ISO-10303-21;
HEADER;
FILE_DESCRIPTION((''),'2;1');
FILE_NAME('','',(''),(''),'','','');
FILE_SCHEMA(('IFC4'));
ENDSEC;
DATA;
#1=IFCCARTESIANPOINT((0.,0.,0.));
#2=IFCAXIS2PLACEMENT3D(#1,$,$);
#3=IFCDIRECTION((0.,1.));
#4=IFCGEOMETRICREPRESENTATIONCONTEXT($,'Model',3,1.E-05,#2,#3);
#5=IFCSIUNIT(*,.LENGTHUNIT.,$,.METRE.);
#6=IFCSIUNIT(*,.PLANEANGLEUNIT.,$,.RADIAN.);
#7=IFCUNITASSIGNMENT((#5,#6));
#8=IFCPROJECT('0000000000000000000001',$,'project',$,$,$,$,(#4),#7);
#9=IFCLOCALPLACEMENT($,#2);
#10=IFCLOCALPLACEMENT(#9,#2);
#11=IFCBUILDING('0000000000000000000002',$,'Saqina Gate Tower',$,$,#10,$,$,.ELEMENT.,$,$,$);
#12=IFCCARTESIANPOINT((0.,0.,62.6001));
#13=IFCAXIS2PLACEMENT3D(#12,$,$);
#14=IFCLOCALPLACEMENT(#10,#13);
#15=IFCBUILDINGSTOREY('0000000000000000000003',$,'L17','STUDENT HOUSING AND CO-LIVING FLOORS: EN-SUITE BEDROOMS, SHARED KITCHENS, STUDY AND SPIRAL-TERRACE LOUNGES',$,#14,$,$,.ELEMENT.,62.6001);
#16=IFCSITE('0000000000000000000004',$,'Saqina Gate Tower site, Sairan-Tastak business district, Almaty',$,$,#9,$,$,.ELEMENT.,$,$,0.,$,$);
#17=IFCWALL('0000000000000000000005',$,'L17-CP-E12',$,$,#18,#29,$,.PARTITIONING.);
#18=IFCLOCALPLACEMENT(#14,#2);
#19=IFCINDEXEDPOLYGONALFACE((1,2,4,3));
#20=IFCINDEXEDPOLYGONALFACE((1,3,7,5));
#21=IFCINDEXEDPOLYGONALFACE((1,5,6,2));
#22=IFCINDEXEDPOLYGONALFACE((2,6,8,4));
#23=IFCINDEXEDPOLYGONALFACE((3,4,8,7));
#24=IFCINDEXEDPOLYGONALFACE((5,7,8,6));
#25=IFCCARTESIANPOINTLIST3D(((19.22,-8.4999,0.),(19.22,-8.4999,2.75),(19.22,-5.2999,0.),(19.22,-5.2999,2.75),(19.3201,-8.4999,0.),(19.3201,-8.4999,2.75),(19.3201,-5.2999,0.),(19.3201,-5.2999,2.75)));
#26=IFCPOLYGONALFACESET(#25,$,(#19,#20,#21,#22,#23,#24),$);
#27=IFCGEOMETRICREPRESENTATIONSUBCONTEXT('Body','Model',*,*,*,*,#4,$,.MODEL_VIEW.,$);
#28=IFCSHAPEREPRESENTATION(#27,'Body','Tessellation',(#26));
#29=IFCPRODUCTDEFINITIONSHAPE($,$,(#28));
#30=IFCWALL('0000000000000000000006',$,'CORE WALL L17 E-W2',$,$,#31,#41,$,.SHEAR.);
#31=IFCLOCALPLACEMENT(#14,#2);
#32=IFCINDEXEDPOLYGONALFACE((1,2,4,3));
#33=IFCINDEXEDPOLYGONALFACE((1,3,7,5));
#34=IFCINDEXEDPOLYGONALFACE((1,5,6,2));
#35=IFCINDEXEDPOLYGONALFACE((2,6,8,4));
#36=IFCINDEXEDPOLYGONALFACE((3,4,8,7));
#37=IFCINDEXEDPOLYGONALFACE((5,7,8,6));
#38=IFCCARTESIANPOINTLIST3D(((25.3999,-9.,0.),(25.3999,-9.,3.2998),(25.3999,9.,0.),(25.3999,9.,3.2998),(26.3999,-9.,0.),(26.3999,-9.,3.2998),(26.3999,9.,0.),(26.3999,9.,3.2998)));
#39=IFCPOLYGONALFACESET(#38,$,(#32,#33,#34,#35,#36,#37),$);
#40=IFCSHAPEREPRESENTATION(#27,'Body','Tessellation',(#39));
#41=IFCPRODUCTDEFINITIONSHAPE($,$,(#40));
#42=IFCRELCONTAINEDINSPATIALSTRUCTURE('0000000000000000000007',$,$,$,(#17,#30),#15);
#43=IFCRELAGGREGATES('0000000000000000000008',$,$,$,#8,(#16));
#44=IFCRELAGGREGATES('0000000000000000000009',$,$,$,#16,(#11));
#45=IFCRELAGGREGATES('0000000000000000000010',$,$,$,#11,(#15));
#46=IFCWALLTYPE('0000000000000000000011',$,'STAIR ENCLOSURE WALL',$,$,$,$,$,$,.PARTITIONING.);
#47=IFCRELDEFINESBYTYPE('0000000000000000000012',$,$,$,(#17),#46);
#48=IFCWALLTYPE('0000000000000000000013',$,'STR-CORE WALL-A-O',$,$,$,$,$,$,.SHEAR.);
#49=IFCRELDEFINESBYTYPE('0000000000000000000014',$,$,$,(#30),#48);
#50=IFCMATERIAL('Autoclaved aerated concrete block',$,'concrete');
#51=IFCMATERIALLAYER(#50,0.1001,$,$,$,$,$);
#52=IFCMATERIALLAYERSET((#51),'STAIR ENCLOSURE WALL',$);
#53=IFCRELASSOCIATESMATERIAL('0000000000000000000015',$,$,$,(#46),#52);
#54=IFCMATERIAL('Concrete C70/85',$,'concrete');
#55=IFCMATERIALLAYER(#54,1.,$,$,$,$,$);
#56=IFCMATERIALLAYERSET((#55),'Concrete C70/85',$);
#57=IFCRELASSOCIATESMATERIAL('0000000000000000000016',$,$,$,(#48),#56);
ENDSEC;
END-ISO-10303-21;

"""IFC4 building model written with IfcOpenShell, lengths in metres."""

from ifc_helpers import new_model, si_unit, direction, frame, frame_2d, origin, place, context, subcontext, project, spatial, rectangle, extrude, material, layer, layer_set, type_object, element, save


model = new_model("IFC4")

# Units and contexts
model_context = context("Model", 3, precision=1e-05, world=origin(), true_north=direction((0.0, 1.0)))
body_context = subcontext(model_context, "Body", "Model", "MODEL_VIEW")
ifc_project = project(units=[si_unit("LENGTHUNIT", "METRE"), si_unit("PLANEANGLEUNIT", "RADIAN")], contexts=[model_context])

# Site, building, storey
site_placement = place(None, origin())
site = spatial("IfcSite", under=ifc_project, at=site_placement, Name="Saqina Gate Tower site, Sairan-Tastak business district, Almaty", CompositionType="ELEMENT", RefElevation=0.0)
building_placement = place(site_placement, origin())
building = spatial("IfcBuilding", under=site, at=building_placement, Name="Saqina Gate Tower", CompositionType="ELEMENT")
storey_placement = place(building_placement, frame((0.0, 0.0, 62.6001)))
storey = spatial("IfcBuildingStorey", under=building, at=storey_placement, Name="L17", Description="STUDENT HOUSING AND CO-LIVING FLOORS: EN-SUITE BEDROOMS, SHARED KITCHENS, STUDY AND SPIRAL-TERRACE LOUNGES", CompositionType="ELEMENT", Elevation=62.6001)

# Walls
ifc_material_1 = material(Name="Autoclaved aerated concrete block", Category="concrete")
ifc_layer_1 = layer(ifc_material_1, 0.1001)
ifc_layer_set_1 = layer_set([ifc_layer_1], Name="STAIR ENCLOSURE WALL")
wall_type_1 = type_object("IfcWallType", Name="STAIR ENCLOSURE WALL", PredefinedType="PARTITIONING", material=ifc_layer_set_1)
wall_1_placement = place(storey_placement, frame((19.27, -8.5, 0.0), z_axis=(0.0, 0.0, 1.0), x_axis=(0.0, 1.0, 0.0)))
element("IfcWall", 1, at=wall_1_placement, inside=storey, type_object=wall_type_1, Name="L17-CP-E12", PredefinedType="PARTITIONING", context=body_context, shape_type="SweptSolid", body=[
    extrude(rectangle(XDim=3.2, YDim=0.1001, at=frame_2d((1.6001, 0.0))), origin(), (0.0, 0.0, 1.0), 2.75),
])
ifc_material_2 = material(Name="Concrete C70/85", Category="concrete")
ifc_layer_2 = layer(ifc_material_2, 1.0)
ifc_layer_set_2 = layer_set([ifc_layer_2], Name="Concrete C70/85")
wall_type_2 = type_object("IfcWallType", Name="STR-CORE WALL-A-O", PredefinedType="SHEAR", material=ifc_layer_set_2)
wall_2_placement = place(storey_placement, frame((25.8999, -9.0, 0.0), z_axis=(0.0, 0.0, 1.0), x_axis=(0.0, 1.0, 0.0)))
element("IfcWall", 2, at=wall_2_placement, inside=storey, type_object=wall_type_2, Name="CORE WALL L17 E-W2", PredefinedType="SHEAR", context=body_context, shape_type="SweptSolid", body=[
    extrude(rectangle(XDim=18.0, YDim=1.0, at=frame_2d((9.0, 0.0))), origin(), (0.0, 0.0, 1.0), 3.2998),
])

save(model, "model.ifc")
